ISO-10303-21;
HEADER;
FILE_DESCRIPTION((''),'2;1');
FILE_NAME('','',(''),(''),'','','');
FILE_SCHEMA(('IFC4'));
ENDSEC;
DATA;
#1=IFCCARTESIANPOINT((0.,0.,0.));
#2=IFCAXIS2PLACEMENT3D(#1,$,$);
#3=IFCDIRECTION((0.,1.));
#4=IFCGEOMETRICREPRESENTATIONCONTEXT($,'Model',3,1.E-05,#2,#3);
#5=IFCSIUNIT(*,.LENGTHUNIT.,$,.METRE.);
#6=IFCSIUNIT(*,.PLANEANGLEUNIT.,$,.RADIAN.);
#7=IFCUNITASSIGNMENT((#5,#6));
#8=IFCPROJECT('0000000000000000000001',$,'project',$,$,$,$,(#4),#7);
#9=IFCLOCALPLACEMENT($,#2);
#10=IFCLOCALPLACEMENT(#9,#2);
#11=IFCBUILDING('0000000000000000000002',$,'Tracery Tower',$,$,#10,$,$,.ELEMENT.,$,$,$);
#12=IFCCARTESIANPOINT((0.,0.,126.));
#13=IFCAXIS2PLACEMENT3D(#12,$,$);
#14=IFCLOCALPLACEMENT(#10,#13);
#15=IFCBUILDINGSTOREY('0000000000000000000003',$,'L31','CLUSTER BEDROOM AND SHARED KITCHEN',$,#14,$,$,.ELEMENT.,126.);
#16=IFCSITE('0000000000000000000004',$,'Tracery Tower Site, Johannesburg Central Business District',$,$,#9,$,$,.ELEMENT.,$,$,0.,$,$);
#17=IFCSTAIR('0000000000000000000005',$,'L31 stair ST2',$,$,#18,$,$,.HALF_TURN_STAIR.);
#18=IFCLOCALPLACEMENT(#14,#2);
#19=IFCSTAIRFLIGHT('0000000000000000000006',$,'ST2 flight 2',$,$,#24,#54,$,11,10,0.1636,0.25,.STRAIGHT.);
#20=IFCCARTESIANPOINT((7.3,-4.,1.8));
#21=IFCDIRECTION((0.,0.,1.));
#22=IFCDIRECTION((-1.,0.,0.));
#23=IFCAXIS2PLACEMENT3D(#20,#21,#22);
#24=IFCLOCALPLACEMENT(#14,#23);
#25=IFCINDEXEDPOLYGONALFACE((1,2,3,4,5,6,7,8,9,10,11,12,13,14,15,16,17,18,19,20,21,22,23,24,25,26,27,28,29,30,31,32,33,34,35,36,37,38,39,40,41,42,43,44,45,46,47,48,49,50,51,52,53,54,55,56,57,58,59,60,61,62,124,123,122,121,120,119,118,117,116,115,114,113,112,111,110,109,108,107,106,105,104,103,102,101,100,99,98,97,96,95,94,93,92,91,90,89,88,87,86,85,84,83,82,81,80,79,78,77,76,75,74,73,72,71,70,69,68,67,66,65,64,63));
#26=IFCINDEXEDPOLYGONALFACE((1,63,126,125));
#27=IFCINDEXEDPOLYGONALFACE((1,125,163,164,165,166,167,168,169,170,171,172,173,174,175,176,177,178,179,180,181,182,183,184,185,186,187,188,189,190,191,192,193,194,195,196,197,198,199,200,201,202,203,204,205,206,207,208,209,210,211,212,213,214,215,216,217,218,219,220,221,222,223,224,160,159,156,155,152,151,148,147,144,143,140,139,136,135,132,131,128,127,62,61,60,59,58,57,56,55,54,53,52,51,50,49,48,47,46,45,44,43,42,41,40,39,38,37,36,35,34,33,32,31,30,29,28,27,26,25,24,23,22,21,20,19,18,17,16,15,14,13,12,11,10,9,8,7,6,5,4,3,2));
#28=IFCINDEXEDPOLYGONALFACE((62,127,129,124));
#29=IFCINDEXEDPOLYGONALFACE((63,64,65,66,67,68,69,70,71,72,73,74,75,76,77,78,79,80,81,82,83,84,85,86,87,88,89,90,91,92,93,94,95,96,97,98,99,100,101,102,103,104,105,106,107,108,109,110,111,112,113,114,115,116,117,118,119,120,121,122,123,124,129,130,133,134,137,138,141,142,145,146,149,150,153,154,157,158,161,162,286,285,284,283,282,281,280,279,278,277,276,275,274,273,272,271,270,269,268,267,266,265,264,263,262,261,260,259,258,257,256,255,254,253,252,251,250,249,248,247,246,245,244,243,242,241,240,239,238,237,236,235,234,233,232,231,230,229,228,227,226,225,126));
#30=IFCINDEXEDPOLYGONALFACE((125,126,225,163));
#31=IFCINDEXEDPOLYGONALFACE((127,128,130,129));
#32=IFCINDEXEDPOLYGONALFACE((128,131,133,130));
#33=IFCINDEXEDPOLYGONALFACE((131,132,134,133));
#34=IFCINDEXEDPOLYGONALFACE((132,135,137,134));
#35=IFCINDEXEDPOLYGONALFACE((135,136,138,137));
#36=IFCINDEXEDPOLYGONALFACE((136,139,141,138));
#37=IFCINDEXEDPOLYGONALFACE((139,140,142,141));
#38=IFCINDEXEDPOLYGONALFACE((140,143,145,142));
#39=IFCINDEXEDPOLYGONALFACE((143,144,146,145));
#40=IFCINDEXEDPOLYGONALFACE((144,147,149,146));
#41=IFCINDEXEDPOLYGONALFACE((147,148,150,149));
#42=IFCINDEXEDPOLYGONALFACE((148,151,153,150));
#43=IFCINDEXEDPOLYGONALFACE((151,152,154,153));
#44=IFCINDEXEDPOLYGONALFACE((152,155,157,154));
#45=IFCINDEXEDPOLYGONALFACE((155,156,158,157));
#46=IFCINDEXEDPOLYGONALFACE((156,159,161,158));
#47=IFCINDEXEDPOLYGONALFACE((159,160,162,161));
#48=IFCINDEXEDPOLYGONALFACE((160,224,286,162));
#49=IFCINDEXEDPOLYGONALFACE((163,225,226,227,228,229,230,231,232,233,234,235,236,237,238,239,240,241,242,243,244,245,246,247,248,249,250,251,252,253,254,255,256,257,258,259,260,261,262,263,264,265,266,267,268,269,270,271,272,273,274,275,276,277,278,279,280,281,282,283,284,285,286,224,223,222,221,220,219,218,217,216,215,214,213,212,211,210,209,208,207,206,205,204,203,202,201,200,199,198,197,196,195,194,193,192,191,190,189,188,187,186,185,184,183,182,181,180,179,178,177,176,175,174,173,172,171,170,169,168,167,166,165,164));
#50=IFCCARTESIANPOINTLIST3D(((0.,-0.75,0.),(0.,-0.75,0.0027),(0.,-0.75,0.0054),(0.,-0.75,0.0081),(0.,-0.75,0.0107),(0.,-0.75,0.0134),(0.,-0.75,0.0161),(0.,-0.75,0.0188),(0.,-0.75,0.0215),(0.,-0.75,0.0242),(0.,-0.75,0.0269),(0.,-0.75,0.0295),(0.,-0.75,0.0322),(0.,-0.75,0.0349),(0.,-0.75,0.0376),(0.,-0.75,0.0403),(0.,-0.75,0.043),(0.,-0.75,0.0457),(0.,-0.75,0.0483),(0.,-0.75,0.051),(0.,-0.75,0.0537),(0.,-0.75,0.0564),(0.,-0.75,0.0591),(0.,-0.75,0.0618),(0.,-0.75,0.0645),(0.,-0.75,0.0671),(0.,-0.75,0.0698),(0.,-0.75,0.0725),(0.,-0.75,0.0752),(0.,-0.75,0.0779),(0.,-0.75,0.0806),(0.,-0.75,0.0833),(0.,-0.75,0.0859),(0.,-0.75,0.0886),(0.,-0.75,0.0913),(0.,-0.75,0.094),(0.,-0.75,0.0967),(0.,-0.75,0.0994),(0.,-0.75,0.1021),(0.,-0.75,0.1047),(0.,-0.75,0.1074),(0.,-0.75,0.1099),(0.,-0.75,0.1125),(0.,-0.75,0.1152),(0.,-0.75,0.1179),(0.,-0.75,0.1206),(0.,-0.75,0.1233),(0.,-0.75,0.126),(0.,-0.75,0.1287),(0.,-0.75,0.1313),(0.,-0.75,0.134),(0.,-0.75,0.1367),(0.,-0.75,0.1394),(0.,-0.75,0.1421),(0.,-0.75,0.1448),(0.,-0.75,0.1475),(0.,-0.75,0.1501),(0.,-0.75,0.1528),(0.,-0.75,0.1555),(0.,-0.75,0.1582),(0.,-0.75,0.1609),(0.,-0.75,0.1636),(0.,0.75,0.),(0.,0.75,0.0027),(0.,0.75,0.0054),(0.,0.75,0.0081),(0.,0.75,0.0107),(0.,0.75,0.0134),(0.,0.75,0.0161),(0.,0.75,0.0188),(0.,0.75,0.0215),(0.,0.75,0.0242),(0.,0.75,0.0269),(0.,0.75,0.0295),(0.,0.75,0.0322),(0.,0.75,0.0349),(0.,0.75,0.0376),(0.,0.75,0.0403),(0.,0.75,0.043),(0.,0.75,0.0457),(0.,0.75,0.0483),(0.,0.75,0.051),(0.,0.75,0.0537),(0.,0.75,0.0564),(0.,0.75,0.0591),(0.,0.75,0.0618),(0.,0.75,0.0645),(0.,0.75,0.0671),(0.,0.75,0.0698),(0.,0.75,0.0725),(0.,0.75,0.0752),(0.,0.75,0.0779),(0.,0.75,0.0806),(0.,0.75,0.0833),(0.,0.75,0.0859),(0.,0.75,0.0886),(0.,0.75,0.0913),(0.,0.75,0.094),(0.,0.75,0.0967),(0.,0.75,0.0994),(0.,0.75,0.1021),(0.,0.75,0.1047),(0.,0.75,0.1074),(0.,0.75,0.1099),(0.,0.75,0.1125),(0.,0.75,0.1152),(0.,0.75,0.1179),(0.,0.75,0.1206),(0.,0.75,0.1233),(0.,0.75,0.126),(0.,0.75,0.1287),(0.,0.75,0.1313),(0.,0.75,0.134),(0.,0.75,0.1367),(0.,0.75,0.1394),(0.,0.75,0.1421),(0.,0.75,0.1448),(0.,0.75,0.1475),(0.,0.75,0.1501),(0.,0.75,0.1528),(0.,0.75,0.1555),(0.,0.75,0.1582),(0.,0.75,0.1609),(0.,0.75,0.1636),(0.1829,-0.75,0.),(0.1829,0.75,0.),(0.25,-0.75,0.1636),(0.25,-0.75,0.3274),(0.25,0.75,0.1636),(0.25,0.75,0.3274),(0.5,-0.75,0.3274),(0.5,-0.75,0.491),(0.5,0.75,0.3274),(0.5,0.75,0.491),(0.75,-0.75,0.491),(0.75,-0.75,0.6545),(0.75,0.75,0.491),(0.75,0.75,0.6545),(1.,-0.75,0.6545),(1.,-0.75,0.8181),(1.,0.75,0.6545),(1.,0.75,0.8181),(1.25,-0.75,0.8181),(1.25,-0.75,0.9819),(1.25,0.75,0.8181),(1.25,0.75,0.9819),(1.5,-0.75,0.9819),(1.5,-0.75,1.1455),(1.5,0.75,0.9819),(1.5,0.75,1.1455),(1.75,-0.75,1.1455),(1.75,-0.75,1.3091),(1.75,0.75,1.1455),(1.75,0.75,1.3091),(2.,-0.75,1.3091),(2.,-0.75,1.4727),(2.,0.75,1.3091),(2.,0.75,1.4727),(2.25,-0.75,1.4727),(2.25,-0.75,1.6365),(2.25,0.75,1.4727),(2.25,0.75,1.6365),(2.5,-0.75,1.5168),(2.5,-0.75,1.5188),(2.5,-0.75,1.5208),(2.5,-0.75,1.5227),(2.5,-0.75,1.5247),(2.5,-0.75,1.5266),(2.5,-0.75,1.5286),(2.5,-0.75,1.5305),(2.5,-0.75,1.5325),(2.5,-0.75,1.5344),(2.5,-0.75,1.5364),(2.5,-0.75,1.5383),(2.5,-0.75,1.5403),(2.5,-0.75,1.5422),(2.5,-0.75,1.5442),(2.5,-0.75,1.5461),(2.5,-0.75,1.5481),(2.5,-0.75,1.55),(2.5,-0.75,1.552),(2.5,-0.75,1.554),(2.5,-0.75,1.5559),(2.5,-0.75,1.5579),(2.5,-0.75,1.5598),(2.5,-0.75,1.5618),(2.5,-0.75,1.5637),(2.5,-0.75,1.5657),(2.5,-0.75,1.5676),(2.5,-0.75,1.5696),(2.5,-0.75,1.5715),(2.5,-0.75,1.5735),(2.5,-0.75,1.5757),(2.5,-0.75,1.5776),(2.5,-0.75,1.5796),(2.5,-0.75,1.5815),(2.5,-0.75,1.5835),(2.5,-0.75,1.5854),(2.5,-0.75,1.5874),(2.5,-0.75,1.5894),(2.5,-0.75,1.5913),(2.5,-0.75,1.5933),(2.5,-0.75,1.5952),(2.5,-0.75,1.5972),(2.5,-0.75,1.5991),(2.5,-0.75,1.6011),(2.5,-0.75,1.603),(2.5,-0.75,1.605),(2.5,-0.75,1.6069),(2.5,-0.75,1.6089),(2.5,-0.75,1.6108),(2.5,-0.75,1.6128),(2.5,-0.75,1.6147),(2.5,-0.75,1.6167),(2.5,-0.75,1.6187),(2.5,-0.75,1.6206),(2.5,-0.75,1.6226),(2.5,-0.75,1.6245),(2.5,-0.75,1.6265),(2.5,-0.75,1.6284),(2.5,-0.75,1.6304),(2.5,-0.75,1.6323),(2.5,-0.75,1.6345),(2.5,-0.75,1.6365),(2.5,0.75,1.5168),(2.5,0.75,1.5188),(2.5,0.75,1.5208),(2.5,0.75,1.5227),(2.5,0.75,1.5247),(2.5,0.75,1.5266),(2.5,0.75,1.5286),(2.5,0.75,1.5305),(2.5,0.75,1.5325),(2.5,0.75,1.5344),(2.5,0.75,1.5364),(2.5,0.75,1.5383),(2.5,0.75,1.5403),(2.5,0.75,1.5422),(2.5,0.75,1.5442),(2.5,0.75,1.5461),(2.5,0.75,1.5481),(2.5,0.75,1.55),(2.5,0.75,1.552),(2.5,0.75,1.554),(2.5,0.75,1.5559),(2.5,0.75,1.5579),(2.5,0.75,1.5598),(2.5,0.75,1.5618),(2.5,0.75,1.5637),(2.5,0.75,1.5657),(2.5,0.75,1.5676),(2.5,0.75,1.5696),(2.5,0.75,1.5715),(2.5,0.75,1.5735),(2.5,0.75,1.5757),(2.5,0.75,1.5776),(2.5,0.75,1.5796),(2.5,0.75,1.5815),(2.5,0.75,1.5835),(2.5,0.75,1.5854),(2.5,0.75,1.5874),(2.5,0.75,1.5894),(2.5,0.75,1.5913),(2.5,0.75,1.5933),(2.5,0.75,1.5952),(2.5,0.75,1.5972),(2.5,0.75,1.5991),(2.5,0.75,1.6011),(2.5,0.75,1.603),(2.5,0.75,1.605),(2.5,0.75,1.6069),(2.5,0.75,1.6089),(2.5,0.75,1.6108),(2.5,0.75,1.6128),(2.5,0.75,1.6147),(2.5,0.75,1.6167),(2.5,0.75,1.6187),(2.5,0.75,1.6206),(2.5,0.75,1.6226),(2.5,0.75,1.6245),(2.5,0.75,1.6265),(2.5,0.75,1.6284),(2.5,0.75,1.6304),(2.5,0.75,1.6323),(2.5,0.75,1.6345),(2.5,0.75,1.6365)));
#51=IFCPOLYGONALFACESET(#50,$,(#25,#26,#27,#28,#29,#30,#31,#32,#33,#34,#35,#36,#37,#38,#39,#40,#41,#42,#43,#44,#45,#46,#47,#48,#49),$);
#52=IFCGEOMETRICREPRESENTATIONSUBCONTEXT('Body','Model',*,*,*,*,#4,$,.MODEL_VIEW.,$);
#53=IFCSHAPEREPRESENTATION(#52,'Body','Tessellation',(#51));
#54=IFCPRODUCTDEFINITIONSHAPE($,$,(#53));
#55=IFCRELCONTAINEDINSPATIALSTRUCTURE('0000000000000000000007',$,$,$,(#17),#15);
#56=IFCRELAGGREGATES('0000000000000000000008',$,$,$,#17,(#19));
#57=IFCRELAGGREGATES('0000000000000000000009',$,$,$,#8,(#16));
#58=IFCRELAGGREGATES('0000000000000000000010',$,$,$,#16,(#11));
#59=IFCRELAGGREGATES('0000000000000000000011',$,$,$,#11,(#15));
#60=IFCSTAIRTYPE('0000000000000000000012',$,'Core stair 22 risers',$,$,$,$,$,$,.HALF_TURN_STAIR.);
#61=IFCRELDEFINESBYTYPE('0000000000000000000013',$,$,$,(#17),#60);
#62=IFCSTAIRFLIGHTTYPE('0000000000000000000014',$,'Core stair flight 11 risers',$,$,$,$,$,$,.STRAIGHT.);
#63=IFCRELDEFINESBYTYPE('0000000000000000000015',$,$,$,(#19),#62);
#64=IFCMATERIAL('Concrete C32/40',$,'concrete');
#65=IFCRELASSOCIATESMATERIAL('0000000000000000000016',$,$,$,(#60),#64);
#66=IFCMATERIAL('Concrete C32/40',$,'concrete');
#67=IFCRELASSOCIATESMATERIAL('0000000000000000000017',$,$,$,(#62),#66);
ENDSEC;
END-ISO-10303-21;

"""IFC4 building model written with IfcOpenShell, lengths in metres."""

from ifc_helpers import new_model, si_unit, direction, frame, origin, place, context, subcontext, project, spatial, polyline, outline, extrude, material, type_object, element, aggregate, save


model = new_model("IFC4")

# Units and contexts
model_context = context("Model", 3, precision=1e-05, world=origin(), true_north=direction((0.0, 1.0)))
body_context = subcontext(model_context, "Body", "Model", "MODEL_VIEW")
ifc_project = project(units=[si_unit("LENGTHUNIT", "METRE"), si_unit("PLANEANGLEUNIT", "RADIAN")], contexts=[model_context])

# Site, building, storey
site_placement = place(None, origin())
site = spatial("IfcSite", under=ifc_project, at=site_placement, Name="Tracery Tower Site, Johannesburg Central Business District", CompositionType="ELEMENT", RefElevation=0.0)
building_placement = place(site_placement, origin())
building = spatial("IfcBuilding", under=site, at=building_placement, Name="Tracery Tower", CompositionType="ELEMENT")
storey_placement = place(building_placement, frame((0.0, 0.0, 126.0)))
storey = spatial("IfcBuildingStorey", under=building, at=storey_placement, Name="L31", Description="CLUSTER BEDROOM AND SHARED KITCHEN", CompositionType="ELEMENT", Elevation=126.0)

# Stair
ifc_material_1 = material(Name="Concrete C32/40", Category="concrete")
stair_type = type_object("IfcStairType", Name="Core stair 22 risers", PredefinedType="HALF_TURN_STAIR", material=ifc_material_1)
stair_1_placement = place(storey_placement, origin())
stair_1 = element("IfcStair", 1, at=stair_1_placement, inside=storey, type_object=stair_type, Name="L31 stair ST2", PredefinedType="HALF_TURN_STAIR")

# Stair flight
ifc_material_2 = material(Name="Concrete C32/40", Category="concrete")
stair_flight_type = type_object("IfcStairFlightType", Name="Core stair flight 11 risers", PredefinedType="STRAIGHT", material=ifc_material_2)
stair_flight_1_placement = place(storey_placement, frame((7.3, -4.0, 1.8), z_axis=(0.0, 0.0, 1.0), x_axis=(-1.0, 0.0, 0.0)))
stair_flight_1 = element("IfcStairFlight", 2, at=stair_flight_1_placement, type_object=stair_flight_type, Name="ST2 flight 2", NumberOfRisers=11, NumberOfTreads=10, PredefinedType="STRAIGHT", RiserHeight=0.1636, TreadLength=0.25, context=body_context, shape_type="SweptSolid", body=[
    extrude(outline(polyline([(0.0, 0.0), (0.0, 0.0027), (0.0, 0.0054), (0.0, 0.0081), (0.0, 0.0107), (0.0, 0.0134), (0.0, 0.0161), (0.0, 0.0188), (0.0, 0.0215), (0.0, 0.0242), (0.0, 0.0269), (0.0, 0.0295), (0.0, 0.0322), (0.0, 0.0349), (0.0, 0.0376), (0.0, 0.0403), (0.0, 0.043), (0.0, 0.0457), (0.0, 0.0483), (0.0, 0.051), (0.0, 0.0537), (0.0, 0.0564), (0.0, 0.0591), (0.0, 0.0618), (0.0, 0.0645), (0.0, 0.0671), (0.0, 0.0698), (0.0, 0.0725), (0.0, 0.0752), (0.0, 0.0779), (0.0, 0.0806), (0.0, 0.0833), (0.0, 0.0859), (0.0, 0.0886), (0.0, 0.0913), (0.0, 0.094), (0.0, 0.0967), (0.0, 0.0994), (0.0, 0.1021), (0.0, 0.1047), (0.0, 0.1074), (0.0, 0.1099), (0.0, 0.1125), (0.0, 0.1152), (0.0, 0.1179), (0.0, 0.1206), (0.0, 0.1233), (0.0, 0.126), (0.0, 0.1287), (0.0, 0.1313), (0.0, 0.134), (0.0, 0.1367), (0.0, 0.1394), (0.0, 0.1421), (0.0, 0.1448), (0.0, 0.1475), (0.0, 0.1501), (0.0, 0.1528), (0.0, 0.1555), (0.0, 0.1582), (0.0, 0.1609), (0.0, 0.1636), (0.25, 0.1636), (0.25, 0.3274), (0.5, 0.3274), (0.5, 0.491), (0.75, 0.491), (0.75, 0.6545), (1.0, 0.6545), (1.0, 0.8181), (1.25, 0.8181), (1.25, 0.9819), (1.5, 0.9819), (1.5, 1.1455), (1.75, 1.1455), (1.75, 1.3091), (2.0, 1.3091), (2.0, 1.4727), (2.25, 1.4727), (2.25, 1.6365), (2.5, 1.6365), (2.5, 1.6345), (2.5, 1.6323), (2.5, 1.6304), (2.5, 1.6284), (2.5, 1.6265), (2.5, 1.6245), (2.5, 1.6226), (2.5, 1.6206), (2.5, 1.6187), (2.5, 1.6167), (2.5, 1.6147), (2.5, 1.6128), (2.5, 1.6108), (2.5, 1.6089), (2.5, 1.6069), (2.5, 1.605), (2.5, 1.603), (2.5, 1.6011), (2.5, 1.5991), (2.5, 1.5972), (2.5, 1.5952), (2.5, 1.5933), (2.5, 1.5913), (2.5, 1.5894), (2.5, 1.5874), (2.5, 1.5854), (2.5, 1.5835), (2.5, 1.5815), (2.5, 1.5796), (2.5, 1.5776), (2.5, 1.5757), (2.5, 1.5735), (2.5, 1.5715), (2.5, 1.5696), (2.5, 1.5676), (2.5, 1.5657), (2.5, 1.5637), (2.5, 1.5618), (2.5, 1.5598), (2.5, 1.5579), (2.5, 1.5559), (2.5, 1.554), (2.5, 1.552), (2.5, 1.55), (2.5, 1.5481), (2.5, 1.5461), (2.5, 1.5442), (2.5, 1.5422), (2.5, 1.5403), (2.5, 1.5383), (2.5, 1.5364), (2.5, 1.5344), (2.5, 1.5325), (2.5, 1.5305), (2.5, 1.5286), (2.5, 1.5266), (2.5, 1.5247), (2.5, 1.5227), (2.5, 1.5208), (2.5, 1.5188), (2.5, 1.5168), (0.1829, 0.0), (0.0, 0.0)])), frame((0.0, 0.75, 0.0), z_axis=(0.0, -1.0, 0.0), x_axis=(1.0, 0.0, 0.0)), (0.0, 0.0, 1.0), 1.5),
])
aggregate(stair_1, [stair_flight_1])

save(model, "model.ifc")
